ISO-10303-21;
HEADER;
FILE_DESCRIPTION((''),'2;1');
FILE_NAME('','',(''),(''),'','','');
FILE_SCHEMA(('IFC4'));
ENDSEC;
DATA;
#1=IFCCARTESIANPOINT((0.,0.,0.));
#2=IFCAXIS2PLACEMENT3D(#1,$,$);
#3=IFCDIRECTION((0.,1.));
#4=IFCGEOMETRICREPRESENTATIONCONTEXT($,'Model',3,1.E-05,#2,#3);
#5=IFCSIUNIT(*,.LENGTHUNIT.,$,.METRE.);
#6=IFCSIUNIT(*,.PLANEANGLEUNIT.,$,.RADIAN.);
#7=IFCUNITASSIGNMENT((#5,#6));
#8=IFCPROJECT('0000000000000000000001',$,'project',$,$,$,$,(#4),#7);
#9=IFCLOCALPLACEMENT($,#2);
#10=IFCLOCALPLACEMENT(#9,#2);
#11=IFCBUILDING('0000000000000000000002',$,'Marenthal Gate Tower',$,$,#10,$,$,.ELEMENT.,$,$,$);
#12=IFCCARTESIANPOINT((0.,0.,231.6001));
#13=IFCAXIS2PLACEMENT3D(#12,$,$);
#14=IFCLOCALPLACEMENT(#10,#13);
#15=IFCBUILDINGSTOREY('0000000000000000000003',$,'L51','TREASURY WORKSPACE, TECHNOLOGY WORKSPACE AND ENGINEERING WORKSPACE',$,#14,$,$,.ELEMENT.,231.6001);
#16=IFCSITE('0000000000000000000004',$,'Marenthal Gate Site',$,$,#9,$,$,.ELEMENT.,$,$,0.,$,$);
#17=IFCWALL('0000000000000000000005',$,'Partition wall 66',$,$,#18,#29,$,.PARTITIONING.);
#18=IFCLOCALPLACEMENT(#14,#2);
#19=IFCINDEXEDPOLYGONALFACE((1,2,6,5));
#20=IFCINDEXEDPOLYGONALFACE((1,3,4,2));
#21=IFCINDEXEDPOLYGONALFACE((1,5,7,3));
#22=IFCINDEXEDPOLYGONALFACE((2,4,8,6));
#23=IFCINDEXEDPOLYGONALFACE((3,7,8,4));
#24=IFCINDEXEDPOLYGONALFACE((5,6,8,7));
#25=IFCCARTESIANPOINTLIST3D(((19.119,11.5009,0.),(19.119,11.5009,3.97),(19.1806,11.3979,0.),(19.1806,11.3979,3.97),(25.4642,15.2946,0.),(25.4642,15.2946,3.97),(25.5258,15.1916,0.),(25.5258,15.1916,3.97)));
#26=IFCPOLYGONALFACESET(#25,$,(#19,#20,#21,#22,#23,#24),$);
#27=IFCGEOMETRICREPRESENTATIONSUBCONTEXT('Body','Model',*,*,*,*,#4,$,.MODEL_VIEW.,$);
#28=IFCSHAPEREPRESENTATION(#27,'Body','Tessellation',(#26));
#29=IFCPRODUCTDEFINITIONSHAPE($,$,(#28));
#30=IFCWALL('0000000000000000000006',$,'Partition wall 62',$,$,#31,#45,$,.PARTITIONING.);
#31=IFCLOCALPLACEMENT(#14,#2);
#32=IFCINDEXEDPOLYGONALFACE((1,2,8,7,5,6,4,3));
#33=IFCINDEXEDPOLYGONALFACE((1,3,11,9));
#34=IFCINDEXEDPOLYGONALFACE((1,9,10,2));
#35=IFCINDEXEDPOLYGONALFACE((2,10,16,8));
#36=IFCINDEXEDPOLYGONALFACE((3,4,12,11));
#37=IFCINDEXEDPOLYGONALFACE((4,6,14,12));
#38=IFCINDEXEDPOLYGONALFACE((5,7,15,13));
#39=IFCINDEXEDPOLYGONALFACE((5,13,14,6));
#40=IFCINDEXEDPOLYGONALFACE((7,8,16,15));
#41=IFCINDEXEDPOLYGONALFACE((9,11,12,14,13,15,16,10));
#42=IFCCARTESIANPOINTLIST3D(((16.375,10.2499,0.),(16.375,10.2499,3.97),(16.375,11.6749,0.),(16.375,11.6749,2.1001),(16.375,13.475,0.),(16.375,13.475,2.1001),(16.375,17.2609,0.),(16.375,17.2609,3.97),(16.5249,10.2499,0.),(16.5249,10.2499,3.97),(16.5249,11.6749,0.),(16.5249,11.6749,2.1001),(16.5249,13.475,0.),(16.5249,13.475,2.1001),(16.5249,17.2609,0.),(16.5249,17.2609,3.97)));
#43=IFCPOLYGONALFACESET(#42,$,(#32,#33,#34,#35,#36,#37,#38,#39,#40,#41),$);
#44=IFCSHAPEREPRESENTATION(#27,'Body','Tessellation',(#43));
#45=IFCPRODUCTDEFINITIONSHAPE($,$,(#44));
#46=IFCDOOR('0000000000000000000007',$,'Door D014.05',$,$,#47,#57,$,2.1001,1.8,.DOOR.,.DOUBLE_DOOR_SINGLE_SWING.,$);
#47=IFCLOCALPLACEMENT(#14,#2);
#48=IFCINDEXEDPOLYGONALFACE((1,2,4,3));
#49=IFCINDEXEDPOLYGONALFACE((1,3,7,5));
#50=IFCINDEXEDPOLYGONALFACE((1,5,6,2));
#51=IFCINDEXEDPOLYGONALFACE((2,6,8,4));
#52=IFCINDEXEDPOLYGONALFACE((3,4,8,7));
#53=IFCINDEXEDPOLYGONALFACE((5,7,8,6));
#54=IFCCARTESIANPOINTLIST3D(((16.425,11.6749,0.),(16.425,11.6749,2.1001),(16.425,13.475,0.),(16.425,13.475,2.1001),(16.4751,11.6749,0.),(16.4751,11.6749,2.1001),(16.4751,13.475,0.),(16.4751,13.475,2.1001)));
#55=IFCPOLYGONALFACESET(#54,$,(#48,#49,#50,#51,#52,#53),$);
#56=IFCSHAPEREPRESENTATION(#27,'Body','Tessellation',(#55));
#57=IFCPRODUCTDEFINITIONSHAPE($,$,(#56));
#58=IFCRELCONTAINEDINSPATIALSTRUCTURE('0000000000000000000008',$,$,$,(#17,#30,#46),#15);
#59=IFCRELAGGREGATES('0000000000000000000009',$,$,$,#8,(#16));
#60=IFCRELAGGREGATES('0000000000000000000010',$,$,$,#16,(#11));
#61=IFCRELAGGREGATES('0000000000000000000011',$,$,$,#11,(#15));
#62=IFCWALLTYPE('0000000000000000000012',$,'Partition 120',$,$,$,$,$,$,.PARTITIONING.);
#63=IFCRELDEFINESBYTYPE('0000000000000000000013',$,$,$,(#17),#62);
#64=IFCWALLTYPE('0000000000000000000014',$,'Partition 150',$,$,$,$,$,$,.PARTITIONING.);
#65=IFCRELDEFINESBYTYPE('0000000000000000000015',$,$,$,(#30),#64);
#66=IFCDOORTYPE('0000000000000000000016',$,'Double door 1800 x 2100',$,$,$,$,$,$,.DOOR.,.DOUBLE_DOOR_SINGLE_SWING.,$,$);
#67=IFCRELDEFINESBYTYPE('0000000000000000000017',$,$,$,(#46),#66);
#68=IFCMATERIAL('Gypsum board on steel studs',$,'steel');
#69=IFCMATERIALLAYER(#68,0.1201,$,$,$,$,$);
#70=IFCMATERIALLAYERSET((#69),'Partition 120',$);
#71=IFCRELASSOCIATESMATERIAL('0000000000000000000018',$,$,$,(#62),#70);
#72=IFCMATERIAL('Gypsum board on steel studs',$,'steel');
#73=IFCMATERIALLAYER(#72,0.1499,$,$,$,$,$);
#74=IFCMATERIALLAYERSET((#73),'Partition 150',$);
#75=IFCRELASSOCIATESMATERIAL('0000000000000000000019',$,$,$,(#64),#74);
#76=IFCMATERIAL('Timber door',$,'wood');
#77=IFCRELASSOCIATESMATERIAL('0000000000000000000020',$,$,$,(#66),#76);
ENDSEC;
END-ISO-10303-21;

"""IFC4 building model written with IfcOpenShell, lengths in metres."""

from ifc_helpers import new_model, si_unit, direction, frame, frame_2d, origin, place, context, subcontext, project, spatial, rectangle, extrude, material, layer, layer_set, type_object, element, fill, save


model = new_model("IFC4")

# Units and contexts
model_context = context("Model", 3, precision=1e-05, world=origin(), true_north=direction((0.0, 1.0)))
body_context = subcontext(model_context, "Body", "Model", "MODEL_VIEW")
ifc_project = project(units=[si_unit("LENGTHUNIT", "METRE"), si_unit("PLANEANGLEUNIT", "RADIAN")], contexts=[model_context])

# Site, building, storey
site_placement = place(None, origin())
site = spatial("IfcSite", under=ifc_project, at=site_placement, Name="Marenthal Gate Site", CompositionType="ELEMENT", RefElevation=0.0)
building_placement = place(site_placement, origin())
building = spatial("IfcBuilding", under=site, at=building_placement, Name="Marenthal Gate Tower", CompositionType="ELEMENT")
storey_placement = place(building_placement, frame((0.0, 0.0, 231.6001)))
storey = spatial("IfcBuildingStorey", under=building, at=storey_placement, Name="L51", Description="TREASURY WORKSPACE, TECHNOLOGY WORKSPACE AND ENGINEERING WORKSPACE", CompositionType="ELEMENT", Elevation=231.6001)

# Wall
ifc_material_1 = material(Name="Gypsum board on steel studs", Category="steel")
ifc_layer_1 = layer(ifc_material_1, 0.1201)
ifc_layer_set_1 = layer_set([ifc_layer_1], Name="Partition 120")
wall_type_1 = type_object("IfcWallType", Name="Partition 120", PredefinedType="PARTITIONING", material=ifc_layer_set_1)
wall_1_placement = place(storey_placement, frame((19.1499, 11.4495, 0.0), z_axis=(0.0, 0.0, 1.0), x_axis=(0.858293, 0.51316, 0.0)))
element("IfcWall", 1, at=wall_1_placement, inside=storey, type_object=wall_type_1, Name="Partition wall 66", PredefinedType="PARTITIONING", context=body_context, shape_type="SweptSolid", body=[
    extrude(rectangle(XDim=7.3928, YDim=0.1201, at=frame_2d((3.6963, 0.0))), origin(), (0.0, 0.0, 1.0), 3.97),
])

# Wall, opening, door
ifc_material_2 = material(Name="Gypsum board on steel studs", Category="steel")
ifc_layer_2 = layer(ifc_material_2, 0.1499)
ifc_layer_set_2 = layer_set([ifc_layer_2], Name="Partition 150")
wall_type_2 = type_object("IfcWallType", Name="Partition 150", PredefinedType="PARTITIONING", material=ifc_layer_set_2)
wall_2_placement = place(storey_placement, frame((16.45, 10.25, 0.0), z_axis=(0.0, 0.0, 1.0), x_axis=(0.0, 1.0, 0.0)))
wall_2 = element("IfcWall", 2, at=wall_2_placement, inside=storey, type_object=wall_type_2, Name="Partition wall 62", PredefinedType="PARTITIONING", context=body_context, shape_type="SweptSolid", body=[
    extrude(rectangle(XDim=7.011, YDim=0.1499, at=frame_2d((3.5054, 0.0))), origin(), (0.0, 0.0, 1.0), 3.97),
])
opening_placement = place(wall_2_placement, frame((1.425, 0.0, 0.0)))
opening = element("IfcOpeningElement", 3, at=opening_placement, cuts=wall_2, PredefinedType="OPENING", context=body_context, shape_type="SweptSolid", body=[
    extrude(rectangle(XDim=1.8, YDim=2.1001, at=frame_2d((0.8999, 1.05))), frame((0.0, 0.085, 0.0), z_axis=(0.0, -1.0, 0.0), x_axis=(1.0, 0.0, 0.0)), (0.0, 0.0, 1.0), 0.1699),
])
ifc_material_3 = material(Name="Timber door", Category="wood")
door_type = type_object("IfcDoorType", Name="Double door 1800 x 2100", OperationType="DOUBLE_DOOR_SINGLE_SWING", PredefinedType="DOOR", material=ifc_material_3)
door_placement = place(opening_placement, origin())
door = element("IfcDoor", 4, at=door_placement, inside=storey, type_object=door_type, Name="Door D014.05", OperationType="DOUBLE_DOOR_SINGLE_SWING", OverallHeight=2.1001, OverallWidth=1.8, PredefinedType="DOOR", context=body_context, shape_type="SweptSolid", body=[
    extrude(rectangle(XDim=1.8, YDim=2.1001, at=frame_2d((0.8999, 1.05))), frame((0.0, 0.0249, 0.0), z_axis=(0.0, -1.0, 0.0), x_axis=(1.0, 0.0, 0.0)), (0.0, 0.0, 1.0), 0.05),
])
fill(opening, door)

save(model, "model.ifc")
